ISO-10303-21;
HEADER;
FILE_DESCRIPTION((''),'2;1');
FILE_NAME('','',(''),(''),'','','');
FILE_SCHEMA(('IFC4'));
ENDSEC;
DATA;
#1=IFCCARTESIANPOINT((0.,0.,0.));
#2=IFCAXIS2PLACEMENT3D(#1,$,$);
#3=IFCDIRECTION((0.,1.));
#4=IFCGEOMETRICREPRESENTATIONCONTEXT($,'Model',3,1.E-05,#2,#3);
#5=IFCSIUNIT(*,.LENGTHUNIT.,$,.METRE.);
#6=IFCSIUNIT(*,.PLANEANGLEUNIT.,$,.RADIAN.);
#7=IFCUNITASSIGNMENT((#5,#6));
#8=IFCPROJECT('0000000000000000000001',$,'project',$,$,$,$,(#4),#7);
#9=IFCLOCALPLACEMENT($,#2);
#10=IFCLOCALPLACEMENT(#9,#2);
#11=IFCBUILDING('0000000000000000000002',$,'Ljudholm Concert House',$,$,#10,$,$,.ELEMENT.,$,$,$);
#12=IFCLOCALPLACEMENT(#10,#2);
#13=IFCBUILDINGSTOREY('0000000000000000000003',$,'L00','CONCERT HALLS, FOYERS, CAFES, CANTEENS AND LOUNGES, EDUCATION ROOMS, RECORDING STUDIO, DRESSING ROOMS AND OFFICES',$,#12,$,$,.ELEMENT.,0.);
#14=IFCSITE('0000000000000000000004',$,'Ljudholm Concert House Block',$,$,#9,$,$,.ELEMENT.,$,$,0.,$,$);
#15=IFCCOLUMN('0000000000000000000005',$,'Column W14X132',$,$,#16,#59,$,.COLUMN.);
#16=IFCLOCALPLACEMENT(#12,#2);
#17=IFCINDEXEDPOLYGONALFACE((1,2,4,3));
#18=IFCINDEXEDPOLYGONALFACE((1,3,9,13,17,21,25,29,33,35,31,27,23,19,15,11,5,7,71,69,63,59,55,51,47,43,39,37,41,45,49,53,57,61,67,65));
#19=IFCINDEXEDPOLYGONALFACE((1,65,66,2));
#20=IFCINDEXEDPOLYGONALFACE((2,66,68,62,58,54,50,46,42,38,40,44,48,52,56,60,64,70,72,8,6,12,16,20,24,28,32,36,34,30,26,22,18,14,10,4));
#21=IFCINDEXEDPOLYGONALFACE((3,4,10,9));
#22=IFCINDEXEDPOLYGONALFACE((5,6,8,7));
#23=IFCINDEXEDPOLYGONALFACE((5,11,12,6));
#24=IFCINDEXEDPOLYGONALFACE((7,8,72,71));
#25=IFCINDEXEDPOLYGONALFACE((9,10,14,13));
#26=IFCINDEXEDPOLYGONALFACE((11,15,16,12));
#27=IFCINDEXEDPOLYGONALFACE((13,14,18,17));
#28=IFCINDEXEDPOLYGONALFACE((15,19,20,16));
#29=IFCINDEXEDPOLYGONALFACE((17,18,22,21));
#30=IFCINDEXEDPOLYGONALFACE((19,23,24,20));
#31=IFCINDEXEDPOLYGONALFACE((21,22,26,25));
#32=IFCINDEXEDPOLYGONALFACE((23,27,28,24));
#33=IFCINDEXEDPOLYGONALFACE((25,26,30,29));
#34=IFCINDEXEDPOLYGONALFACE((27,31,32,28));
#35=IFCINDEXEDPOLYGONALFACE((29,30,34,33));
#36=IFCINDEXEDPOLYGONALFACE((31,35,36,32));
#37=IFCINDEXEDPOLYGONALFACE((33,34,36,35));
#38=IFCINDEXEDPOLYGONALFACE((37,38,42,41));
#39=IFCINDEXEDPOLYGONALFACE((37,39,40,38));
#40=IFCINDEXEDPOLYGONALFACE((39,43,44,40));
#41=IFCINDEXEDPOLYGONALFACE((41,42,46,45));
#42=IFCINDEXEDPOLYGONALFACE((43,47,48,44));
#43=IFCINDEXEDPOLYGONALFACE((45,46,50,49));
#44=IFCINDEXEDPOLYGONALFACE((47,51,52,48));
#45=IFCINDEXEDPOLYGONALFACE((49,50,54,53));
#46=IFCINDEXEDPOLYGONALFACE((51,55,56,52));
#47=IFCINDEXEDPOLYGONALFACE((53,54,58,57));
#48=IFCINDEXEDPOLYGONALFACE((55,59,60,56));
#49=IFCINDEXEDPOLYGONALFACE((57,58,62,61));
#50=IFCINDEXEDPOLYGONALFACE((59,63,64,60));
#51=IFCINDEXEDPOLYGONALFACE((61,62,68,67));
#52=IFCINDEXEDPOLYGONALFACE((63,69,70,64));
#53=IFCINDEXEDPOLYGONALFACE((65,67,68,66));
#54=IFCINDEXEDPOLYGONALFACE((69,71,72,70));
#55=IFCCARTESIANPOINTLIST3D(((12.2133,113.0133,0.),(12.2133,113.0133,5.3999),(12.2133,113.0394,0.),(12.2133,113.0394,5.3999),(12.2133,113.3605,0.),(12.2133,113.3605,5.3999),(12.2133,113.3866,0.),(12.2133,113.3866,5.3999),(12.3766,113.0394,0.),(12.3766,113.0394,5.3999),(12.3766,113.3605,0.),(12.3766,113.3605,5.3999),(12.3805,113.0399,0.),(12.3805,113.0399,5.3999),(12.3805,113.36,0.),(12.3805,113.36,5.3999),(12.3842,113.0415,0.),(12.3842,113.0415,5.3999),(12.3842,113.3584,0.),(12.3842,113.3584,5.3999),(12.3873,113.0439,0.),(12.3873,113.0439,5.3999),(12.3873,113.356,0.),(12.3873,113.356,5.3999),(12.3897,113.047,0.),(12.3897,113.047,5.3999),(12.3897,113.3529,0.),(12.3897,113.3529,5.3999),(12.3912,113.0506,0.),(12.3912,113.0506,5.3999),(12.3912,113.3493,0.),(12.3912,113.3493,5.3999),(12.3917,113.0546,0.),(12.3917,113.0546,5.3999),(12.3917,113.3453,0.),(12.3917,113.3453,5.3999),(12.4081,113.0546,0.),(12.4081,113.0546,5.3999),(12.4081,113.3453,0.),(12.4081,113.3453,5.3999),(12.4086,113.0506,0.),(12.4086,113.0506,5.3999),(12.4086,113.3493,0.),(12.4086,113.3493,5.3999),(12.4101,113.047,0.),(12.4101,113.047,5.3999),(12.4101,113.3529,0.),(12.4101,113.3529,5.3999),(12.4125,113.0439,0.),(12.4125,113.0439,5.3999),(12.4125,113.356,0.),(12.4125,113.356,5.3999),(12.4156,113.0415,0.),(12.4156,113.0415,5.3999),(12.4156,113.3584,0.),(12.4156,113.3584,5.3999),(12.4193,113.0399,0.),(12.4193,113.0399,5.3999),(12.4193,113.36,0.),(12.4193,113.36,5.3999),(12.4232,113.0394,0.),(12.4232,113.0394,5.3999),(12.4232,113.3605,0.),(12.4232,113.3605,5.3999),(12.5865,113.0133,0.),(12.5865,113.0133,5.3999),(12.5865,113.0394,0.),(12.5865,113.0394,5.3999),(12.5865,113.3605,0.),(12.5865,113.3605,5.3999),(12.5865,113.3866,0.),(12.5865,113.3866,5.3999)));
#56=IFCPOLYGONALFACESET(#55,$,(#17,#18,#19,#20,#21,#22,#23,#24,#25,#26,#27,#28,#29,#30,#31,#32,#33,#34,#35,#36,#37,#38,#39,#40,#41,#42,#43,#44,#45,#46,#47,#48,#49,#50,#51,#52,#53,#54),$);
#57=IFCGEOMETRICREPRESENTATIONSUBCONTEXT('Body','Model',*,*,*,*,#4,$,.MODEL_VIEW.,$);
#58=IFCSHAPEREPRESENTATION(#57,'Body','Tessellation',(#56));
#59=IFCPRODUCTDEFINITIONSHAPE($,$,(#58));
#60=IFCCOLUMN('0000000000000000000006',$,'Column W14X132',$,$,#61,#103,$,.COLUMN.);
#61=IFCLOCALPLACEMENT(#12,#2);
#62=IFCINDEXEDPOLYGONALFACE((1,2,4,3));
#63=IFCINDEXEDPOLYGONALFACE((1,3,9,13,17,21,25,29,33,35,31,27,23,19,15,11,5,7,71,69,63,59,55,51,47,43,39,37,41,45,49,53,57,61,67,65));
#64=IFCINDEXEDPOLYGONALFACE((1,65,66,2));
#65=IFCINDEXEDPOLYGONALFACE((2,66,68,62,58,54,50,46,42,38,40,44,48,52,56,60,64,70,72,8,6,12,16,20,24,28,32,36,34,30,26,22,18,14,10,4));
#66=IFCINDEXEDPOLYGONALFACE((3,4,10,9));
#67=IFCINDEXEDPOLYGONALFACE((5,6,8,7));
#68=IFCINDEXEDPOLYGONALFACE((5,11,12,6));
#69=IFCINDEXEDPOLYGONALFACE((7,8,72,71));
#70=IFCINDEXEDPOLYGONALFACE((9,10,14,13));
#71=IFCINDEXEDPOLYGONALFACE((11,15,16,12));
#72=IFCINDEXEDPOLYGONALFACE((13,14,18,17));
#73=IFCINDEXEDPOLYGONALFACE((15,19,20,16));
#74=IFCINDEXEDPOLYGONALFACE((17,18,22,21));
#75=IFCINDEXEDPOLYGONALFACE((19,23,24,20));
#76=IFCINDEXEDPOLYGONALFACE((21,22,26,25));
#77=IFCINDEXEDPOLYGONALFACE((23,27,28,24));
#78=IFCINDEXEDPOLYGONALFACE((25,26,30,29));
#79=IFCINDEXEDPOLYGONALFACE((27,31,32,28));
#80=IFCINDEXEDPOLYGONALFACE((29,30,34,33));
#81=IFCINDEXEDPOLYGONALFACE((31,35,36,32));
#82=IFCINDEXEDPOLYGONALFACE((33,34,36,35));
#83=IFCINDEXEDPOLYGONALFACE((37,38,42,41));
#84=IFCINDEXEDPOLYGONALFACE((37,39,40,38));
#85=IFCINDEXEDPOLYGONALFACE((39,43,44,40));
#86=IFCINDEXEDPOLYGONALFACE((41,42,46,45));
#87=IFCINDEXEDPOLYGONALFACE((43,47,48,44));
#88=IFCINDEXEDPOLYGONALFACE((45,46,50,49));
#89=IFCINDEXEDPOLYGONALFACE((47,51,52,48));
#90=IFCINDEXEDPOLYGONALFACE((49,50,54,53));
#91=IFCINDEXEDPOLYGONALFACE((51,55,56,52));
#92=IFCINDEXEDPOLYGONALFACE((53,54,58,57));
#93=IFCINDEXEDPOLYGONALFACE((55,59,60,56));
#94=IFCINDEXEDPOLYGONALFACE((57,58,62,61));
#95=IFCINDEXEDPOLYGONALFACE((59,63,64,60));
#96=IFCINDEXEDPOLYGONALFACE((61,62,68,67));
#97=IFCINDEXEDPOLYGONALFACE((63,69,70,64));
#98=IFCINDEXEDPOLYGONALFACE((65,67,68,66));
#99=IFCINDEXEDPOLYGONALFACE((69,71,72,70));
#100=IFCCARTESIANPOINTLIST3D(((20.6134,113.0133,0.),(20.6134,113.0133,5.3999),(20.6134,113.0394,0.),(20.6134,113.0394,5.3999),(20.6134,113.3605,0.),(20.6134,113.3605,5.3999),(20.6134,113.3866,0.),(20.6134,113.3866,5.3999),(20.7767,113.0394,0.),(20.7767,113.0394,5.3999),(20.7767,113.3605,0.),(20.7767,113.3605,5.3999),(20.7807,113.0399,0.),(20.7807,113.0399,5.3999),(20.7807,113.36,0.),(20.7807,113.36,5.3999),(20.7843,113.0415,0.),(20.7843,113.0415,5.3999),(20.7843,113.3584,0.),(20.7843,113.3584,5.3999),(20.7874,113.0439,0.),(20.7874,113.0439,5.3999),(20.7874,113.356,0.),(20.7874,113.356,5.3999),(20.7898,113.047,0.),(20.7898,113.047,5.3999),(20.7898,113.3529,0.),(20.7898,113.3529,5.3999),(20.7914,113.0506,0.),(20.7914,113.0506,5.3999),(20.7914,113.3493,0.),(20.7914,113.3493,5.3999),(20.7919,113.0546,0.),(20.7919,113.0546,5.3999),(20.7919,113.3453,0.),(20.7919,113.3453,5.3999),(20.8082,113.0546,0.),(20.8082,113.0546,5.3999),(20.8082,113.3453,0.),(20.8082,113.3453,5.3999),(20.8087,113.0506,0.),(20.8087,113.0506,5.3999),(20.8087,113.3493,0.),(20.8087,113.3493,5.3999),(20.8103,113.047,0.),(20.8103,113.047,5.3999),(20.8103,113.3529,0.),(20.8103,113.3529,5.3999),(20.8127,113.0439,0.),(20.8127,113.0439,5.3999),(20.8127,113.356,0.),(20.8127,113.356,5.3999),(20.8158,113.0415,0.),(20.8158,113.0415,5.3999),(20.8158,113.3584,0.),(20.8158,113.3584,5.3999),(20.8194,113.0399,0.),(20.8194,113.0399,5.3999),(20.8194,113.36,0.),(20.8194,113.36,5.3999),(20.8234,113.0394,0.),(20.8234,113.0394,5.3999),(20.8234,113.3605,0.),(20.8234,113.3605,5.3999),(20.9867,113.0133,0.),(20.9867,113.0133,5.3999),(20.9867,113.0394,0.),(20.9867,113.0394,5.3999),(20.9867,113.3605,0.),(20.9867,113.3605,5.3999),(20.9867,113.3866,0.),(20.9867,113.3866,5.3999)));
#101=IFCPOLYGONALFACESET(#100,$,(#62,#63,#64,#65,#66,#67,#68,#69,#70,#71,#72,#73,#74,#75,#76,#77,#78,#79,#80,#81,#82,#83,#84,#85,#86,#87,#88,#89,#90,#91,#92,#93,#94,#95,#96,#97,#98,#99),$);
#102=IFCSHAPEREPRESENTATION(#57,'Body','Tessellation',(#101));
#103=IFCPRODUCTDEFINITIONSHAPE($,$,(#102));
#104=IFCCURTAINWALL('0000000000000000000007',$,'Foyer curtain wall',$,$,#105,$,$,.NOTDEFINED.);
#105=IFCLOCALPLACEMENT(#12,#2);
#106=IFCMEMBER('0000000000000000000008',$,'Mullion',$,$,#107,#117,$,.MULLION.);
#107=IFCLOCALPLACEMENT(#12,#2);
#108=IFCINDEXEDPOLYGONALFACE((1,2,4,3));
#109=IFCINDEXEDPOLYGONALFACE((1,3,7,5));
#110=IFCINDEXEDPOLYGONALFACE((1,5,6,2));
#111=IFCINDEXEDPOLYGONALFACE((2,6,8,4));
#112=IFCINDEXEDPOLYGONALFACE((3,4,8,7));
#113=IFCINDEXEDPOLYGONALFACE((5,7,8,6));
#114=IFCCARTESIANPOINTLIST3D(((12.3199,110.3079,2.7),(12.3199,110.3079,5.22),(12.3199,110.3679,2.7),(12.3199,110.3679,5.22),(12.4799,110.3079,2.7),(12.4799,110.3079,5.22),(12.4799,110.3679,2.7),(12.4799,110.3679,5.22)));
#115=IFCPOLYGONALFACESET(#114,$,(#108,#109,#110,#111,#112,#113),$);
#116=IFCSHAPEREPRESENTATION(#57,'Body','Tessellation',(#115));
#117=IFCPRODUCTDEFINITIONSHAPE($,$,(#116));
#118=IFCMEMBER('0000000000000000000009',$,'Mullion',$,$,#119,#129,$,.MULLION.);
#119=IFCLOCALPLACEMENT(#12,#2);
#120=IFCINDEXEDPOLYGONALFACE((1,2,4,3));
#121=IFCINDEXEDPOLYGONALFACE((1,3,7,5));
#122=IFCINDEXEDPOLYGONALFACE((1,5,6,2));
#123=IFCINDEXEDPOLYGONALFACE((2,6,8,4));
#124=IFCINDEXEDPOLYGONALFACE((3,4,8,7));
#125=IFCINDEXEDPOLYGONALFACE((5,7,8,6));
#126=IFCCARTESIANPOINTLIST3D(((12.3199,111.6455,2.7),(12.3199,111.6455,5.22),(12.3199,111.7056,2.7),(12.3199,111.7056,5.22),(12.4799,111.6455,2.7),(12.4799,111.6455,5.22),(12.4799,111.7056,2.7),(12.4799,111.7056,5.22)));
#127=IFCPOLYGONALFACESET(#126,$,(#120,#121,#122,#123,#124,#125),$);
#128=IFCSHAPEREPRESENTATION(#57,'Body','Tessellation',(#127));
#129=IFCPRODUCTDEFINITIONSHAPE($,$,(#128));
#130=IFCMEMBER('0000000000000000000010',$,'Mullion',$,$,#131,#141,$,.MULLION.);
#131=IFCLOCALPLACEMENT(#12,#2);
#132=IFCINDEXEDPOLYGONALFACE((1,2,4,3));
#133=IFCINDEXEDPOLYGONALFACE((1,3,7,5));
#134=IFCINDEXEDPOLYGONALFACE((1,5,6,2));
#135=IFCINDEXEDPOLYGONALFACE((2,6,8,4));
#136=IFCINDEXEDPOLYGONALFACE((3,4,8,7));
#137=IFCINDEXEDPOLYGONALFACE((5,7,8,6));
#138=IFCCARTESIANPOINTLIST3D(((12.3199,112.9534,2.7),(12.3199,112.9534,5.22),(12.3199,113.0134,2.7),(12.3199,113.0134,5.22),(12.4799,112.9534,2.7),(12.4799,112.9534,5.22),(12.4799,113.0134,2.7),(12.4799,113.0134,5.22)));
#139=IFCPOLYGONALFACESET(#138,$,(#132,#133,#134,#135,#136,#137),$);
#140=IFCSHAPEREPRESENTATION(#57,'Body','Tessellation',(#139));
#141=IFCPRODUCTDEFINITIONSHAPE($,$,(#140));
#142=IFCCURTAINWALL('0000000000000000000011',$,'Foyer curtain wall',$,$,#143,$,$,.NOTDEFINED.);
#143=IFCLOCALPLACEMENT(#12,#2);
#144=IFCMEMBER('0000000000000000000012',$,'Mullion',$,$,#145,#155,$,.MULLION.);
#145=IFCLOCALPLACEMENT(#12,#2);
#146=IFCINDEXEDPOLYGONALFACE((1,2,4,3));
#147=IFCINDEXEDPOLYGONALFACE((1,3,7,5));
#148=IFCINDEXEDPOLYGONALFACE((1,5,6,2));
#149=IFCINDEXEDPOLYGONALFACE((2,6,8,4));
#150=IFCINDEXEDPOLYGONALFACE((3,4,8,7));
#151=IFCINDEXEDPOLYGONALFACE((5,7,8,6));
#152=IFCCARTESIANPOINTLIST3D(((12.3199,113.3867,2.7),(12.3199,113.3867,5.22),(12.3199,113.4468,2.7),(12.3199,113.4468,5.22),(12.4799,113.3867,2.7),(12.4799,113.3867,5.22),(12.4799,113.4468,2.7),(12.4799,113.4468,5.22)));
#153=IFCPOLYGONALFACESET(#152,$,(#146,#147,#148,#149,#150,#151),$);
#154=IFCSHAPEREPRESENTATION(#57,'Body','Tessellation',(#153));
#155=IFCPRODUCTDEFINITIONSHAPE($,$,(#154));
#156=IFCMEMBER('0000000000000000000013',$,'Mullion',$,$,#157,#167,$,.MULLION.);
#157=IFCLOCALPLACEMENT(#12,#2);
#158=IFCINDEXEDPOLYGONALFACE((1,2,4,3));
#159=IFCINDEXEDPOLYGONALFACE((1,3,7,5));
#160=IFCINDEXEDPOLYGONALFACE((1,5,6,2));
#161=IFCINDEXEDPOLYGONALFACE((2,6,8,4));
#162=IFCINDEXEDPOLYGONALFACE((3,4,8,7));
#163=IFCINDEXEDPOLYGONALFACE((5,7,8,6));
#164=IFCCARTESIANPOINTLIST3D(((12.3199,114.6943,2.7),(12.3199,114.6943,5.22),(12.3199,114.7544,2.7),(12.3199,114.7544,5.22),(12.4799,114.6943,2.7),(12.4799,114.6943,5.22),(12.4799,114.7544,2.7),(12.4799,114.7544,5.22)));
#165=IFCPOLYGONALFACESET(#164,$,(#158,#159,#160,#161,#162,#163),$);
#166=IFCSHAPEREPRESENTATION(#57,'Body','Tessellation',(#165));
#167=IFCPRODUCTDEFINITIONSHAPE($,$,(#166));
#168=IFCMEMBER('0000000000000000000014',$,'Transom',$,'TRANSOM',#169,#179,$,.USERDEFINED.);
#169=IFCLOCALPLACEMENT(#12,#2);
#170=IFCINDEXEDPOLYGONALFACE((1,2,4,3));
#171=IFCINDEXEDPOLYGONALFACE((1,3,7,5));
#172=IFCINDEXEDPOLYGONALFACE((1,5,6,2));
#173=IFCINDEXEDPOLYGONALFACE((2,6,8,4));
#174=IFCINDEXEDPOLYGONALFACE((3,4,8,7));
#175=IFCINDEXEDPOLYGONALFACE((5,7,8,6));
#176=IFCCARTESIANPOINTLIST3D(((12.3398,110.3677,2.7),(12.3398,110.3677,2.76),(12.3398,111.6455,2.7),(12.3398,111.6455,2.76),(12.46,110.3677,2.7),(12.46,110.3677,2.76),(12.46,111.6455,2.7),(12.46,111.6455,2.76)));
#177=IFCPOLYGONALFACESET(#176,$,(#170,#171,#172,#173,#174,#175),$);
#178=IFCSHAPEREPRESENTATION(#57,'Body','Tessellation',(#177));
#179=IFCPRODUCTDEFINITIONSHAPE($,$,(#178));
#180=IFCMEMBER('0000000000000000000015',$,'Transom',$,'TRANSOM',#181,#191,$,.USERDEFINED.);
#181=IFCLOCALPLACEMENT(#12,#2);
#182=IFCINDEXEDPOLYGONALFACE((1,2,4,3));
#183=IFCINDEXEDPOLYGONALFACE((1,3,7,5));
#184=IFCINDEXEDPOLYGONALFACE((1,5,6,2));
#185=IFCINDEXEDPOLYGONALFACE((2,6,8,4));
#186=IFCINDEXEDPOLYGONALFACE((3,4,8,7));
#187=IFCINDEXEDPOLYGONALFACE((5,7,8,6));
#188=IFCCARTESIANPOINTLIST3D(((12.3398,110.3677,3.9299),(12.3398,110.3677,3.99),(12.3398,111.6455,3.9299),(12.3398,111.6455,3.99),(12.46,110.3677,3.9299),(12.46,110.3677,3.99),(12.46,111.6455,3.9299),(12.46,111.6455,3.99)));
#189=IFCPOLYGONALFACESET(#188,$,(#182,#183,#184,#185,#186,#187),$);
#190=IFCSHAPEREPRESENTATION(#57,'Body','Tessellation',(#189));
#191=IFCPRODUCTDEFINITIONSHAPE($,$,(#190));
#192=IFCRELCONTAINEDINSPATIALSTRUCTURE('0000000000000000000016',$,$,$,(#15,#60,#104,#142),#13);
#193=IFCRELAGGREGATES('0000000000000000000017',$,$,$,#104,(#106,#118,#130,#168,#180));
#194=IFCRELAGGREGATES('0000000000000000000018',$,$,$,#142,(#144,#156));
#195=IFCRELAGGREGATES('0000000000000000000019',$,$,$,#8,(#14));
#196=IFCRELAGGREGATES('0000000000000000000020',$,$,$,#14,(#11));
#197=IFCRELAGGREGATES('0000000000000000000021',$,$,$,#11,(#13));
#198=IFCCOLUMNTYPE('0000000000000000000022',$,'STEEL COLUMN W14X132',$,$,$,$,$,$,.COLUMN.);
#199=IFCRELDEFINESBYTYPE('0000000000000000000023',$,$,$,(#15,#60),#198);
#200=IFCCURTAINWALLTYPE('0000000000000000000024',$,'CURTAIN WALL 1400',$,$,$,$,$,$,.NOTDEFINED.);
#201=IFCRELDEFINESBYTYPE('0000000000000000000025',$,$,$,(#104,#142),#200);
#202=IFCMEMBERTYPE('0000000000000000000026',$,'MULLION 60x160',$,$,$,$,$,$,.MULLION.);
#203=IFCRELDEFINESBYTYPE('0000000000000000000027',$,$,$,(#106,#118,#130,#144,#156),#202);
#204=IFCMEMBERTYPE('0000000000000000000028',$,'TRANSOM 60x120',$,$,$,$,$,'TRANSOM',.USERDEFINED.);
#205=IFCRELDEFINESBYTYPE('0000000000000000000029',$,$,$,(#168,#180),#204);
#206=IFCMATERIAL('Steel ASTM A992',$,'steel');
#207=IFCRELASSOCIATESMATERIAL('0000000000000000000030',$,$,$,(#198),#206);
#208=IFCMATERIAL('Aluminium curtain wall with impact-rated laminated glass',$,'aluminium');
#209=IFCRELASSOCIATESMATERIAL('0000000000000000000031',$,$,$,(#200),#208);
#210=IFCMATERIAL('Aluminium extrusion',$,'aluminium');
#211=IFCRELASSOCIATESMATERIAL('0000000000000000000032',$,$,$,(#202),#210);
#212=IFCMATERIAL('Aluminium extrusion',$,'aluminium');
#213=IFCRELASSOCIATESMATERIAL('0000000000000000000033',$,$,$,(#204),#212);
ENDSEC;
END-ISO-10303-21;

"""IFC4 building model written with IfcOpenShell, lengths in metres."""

from ifc_helpers import new_model, si_unit, direction, frame, origin, origin_2d, place, context, subcontext, project, spatial, rectangle, i_section, extrude, material, material_profile, profile_set, type_object, element, aggregate, save


model = new_model("IFC4")

# Units and contexts
model_context = context("Model", 3, precision=1e-05, world=origin(), true_north=direction((0.0, 1.0)))
body_context = subcontext(model_context, "Body", "Model", "MODEL_VIEW")
ifc_project = project(units=[si_unit("LENGTHUNIT", "METRE"), si_unit("PLANEANGLEUNIT", "RADIAN")], contexts=[model_context])

# Site, building, storey
site_placement = place(None, origin())
site = spatial("IfcSite", under=ifc_project, at=site_placement, Name="Ljudholm Concert House Block", CompositionType="ELEMENT", RefElevation=0.0)
building_placement = place(site_placement, origin())
building = spatial("IfcBuilding", under=site, at=building_placement, Name="Ljudholm Concert House", CompositionType="ELEMENT")
storey_placement = place(building_placement, origin())
storey = spatial("IfcBuildingStorey", under=building, at=storey_placement, Name="L00", Description="CONCERT HALLS, FOYERS, CAFES, CANTEENS AND LOUNGES, EDUCATION ROOMS, RECORDING STUDIO, DRESSING ROOMS AND OFFICES", CompositionType="ELEMENT", Elevation=0.0)

# Columns
ifc_material_1 = material(Name="Steel ASTM A992", Category="steel")
ifc_material_profile_1 = material_profile(ifc_material_1, i_section(OverallWidth=0.3733, OverallDepth=0.3733, WebThickness=0.0164, FlangeThickness=0.0261, FilletRadius=0.0151, at=origin_2d()), Name="W14X132")
ifc_profile_set_1 = profile_set([ifc_material_profile_1], Name="Steel ASTM A992")
column_type = type_object("IfcColumnType", Name="STEEL COLUMN W14X132", PredefinedType="COLUMN", material=ifc_profile_set_1)
for number, where, z_axis, x_axis, name in (
    (1, (12.3999, 113.2, 0.0), (0.0, 0.0, 1.0), (1.0, 0.0, 0.0), "Column W14X132"),
    (2, (20.8, 113.2, 0.0), (0.0, 0.0, 1.0), (1.0, 0.0, 0.0), "Column W14X132"),
):
    element("IfcColumn", number, at=place(storey_placement, frame(where, z_axis=z_axis, x_axis=x_axis)), inside=storey, type_object=column_type, Name=name, PredefinedType="COLUMN", context=body_context, shape_type="SweptSolid", body=[
        extrude(i_section(OverallWidth=0.3733, OverallDepth=0.3733, WebThickness=0.0164, FlangeThickness=0.0261, FilletRadius=0.0151, at=origin_2d()), origin(), (0.0, 0.0, 1.0), 5.3999),
    ])

# Curtain walls, members
ifc_material_2 = material(Name="Aluminium curtain wall with impact-rated laminated glass", Category="aluminium")
curtain_wall_type = type_object("IfcCurtainWallType", Name="CURTAIN WALL 1400", PredefinedType="NOTDEFINED", material=ifc_material_2)
curtain_wall_1_placement = place(storey_placement, origin())
curtain_wall_1 = element("IfcCurtainWall", 3, at=curtain_wall_1_placement, inside=storey, type_object=curtain_wall_type, Name="Foyer curtain wall", PredefinedType="NOTDEFINED")
ifc_material_3 = material(Name="Aluminium extrusion", Category="aluminium")
ifc_material_profile_2 = material_profile(ifc_material_3, rectangle(XDim=0.1599, YDim=0.0601, at=origin_2d()), Name="MULLION 60x160")
ifc_profile_set_2 = profile_set([ifc_material_profile_2], Name="Aluminium extrusion")
member_type_1 = type_object("IfcMemberType", Name="MULLION 60x160", PredefinedType="MULLION", material=ifc_profile_set_2)
member_1_placement = place(storey_placement, frame((12.3999, 110.3379, 2.7), z_axis=(0.0, 0.0, 1.0), x_axis=(-1.0, 0.0, 0.0)))
member_1 = element("IfcMember", 4, at=member_1_placement, type_object=member_type_1, Name="Mullion", PredefinedType="MULLION", context=body_context, shape_type="SweptSolid", body=[
    extrude(rectangle(XDim=0.1599, YDim=0.0601, at=origin_2d()), origin(), (0.0, 0.0, 1.0), 2.52),
])
member_2_placement = place(storey_placement, frame((12.3999, 111.6755, 2.7), z_axis=(0.0, 0.0, 1.0), x_axis=(-1.0, 0.0, 0.0)))
member_2 = element("IfcMember", 5, at=member_2_placement, type_object=member_type_1, Name="Mullion", PredefinedType="MULLION", context=body_context, shape_type="SweptSolid", body=[
    extrude(rectangle(XDim=0.1599, YDim=0.0601, at=origin_2d()), origin(), (0.0, 0.0, 1.0), 2.52),
])
member_3_placement = place(storey_placement, frame((12.3999, 112.9834, 2.7), z_axis=(0.0, 0.0, 1.0), x_axis=(-1.0, 0.0, 0.0)))
member_3 = element("IfcMember", 6, at=member_3_placement, type_object=member_type_1, Name="Mullion", PredefinedType="MULLION", context=body_context, shape_type="SweptSolid", body=[
    extrude(rectangle(XDim=0.1599, YDim=0.0601, at=origin_2d()), origin(), (0.0, 0.0, 1.0), 2.52),
])
curtain_wall_2_placement = place(storey_placement, origin())
curtain_wall_2 = element("IfcCurtainWall", 7, at=curtain_wall_2_placement, inside=storey, type_object=curtain_wall_type, Name="Foyer curtain wall", PredefinedType="NOTDEFINED")
member_4_placement = place(storey_placement, frame((12.3999, 113.4167, 2.7), z_axis=(0.0, 0.0, 1.0), x_axis=(-1.0, 0.0, 0.0)))
member_4 = element("IfcMember", 8, at=member_4_placement, type_object=member_type_1, Name="Mullion", PredefinedType="MULLION", context=body_context, shape_type="SweptSolid", body=[
    extrude(rectangle(XDim=0.1599, YDim=0.0601, at=origin_2d()), origin(), (0.0, 0.0, 1.0), 2.52),
])
member_5_placement = place(storey_placement, frame((12.3999, 114.7244, 2.7), z_axis=(0.0, 0.0, 1.0), x_axis=(-1.0, 0.0, 0.0)))
member_5 = element("IfcMember", 9, at=member_5_placement, type_object=member_type_1, Name="Mullion", PredefinedType="MULLION", context=body_context, shape_type="SweptSolid", body=[
    extrude(rectangle(XDim=0.1599, YDim=0.0601, at=origin_2d()), origin(), (0.0, 0.0, 1.0), 2.52),
])

# Members
ifc_material_4 = material(Name="Aluminium extrusion", Category="aluminium")
ifc_material_profile_3 = material_profile(ifc_material_4, rectangle(XDim=0.1201, YDim=0.0601, at=origin_2d()), Name="TRANSOM 60x120")
ifc_profile_set_3 = profile_set([ifc_material_profile_3], Name="Aluminium extrusion")
member_type_2 = type_object("IfcMemberType", Name="TRANSOM 60x120", ElementType="TRANSOM", PredefinedType="USERDEFINED", material=ifc_profile_set_3)
member_6_placement = place(storey_placement, frame((12.3999, 110.3677, 2.73), z_axis=(0.0, 1.0, 0.0), x_axis=(-1.0, 0.0, 0.0)))
member_6 = element("IfcMember", 10, at=member_6_placement, type_object=member_type_2, Name="Transom", ObjectType="TRANSOM", PredefinedType="USERDEFINED", context=body_context, shape_type="SweptSolid", body=[
    extrude(rectangle(XDim=0.1201, YDim=0.0601, at=origin_2d()), origin(), (0.0, 0.0, 1.0), 1.2778),
])
member_7_placement = place(storey_placement, frame((12.3999, 110.3677, 3.96), z_axis=(0.0, 1.0, 0.0), x_axis=(-1.0, 0.0, 0.0)))
member_7 = element("IfcMember", 11, at=member_7_placement, type_object=member_type_2, Name="Transom", ObjectType="TRANSOM", PredefinedType="USERDEFINED", context=body_context, shape_type="SweptSolid", body=[
    extrude(rectangle(XDim=0.1201, YDim=0.0601, at=origin_2d()), origin(), (0.0, 0.0, 1.0), 1.2778),
])

aggregate(curtain_wall_1, [member_1, member_2, member_3, member_6, member_7])
aggregate(curtain_wall_2, [member_4, member_5])

save(model, "model.ifc")
